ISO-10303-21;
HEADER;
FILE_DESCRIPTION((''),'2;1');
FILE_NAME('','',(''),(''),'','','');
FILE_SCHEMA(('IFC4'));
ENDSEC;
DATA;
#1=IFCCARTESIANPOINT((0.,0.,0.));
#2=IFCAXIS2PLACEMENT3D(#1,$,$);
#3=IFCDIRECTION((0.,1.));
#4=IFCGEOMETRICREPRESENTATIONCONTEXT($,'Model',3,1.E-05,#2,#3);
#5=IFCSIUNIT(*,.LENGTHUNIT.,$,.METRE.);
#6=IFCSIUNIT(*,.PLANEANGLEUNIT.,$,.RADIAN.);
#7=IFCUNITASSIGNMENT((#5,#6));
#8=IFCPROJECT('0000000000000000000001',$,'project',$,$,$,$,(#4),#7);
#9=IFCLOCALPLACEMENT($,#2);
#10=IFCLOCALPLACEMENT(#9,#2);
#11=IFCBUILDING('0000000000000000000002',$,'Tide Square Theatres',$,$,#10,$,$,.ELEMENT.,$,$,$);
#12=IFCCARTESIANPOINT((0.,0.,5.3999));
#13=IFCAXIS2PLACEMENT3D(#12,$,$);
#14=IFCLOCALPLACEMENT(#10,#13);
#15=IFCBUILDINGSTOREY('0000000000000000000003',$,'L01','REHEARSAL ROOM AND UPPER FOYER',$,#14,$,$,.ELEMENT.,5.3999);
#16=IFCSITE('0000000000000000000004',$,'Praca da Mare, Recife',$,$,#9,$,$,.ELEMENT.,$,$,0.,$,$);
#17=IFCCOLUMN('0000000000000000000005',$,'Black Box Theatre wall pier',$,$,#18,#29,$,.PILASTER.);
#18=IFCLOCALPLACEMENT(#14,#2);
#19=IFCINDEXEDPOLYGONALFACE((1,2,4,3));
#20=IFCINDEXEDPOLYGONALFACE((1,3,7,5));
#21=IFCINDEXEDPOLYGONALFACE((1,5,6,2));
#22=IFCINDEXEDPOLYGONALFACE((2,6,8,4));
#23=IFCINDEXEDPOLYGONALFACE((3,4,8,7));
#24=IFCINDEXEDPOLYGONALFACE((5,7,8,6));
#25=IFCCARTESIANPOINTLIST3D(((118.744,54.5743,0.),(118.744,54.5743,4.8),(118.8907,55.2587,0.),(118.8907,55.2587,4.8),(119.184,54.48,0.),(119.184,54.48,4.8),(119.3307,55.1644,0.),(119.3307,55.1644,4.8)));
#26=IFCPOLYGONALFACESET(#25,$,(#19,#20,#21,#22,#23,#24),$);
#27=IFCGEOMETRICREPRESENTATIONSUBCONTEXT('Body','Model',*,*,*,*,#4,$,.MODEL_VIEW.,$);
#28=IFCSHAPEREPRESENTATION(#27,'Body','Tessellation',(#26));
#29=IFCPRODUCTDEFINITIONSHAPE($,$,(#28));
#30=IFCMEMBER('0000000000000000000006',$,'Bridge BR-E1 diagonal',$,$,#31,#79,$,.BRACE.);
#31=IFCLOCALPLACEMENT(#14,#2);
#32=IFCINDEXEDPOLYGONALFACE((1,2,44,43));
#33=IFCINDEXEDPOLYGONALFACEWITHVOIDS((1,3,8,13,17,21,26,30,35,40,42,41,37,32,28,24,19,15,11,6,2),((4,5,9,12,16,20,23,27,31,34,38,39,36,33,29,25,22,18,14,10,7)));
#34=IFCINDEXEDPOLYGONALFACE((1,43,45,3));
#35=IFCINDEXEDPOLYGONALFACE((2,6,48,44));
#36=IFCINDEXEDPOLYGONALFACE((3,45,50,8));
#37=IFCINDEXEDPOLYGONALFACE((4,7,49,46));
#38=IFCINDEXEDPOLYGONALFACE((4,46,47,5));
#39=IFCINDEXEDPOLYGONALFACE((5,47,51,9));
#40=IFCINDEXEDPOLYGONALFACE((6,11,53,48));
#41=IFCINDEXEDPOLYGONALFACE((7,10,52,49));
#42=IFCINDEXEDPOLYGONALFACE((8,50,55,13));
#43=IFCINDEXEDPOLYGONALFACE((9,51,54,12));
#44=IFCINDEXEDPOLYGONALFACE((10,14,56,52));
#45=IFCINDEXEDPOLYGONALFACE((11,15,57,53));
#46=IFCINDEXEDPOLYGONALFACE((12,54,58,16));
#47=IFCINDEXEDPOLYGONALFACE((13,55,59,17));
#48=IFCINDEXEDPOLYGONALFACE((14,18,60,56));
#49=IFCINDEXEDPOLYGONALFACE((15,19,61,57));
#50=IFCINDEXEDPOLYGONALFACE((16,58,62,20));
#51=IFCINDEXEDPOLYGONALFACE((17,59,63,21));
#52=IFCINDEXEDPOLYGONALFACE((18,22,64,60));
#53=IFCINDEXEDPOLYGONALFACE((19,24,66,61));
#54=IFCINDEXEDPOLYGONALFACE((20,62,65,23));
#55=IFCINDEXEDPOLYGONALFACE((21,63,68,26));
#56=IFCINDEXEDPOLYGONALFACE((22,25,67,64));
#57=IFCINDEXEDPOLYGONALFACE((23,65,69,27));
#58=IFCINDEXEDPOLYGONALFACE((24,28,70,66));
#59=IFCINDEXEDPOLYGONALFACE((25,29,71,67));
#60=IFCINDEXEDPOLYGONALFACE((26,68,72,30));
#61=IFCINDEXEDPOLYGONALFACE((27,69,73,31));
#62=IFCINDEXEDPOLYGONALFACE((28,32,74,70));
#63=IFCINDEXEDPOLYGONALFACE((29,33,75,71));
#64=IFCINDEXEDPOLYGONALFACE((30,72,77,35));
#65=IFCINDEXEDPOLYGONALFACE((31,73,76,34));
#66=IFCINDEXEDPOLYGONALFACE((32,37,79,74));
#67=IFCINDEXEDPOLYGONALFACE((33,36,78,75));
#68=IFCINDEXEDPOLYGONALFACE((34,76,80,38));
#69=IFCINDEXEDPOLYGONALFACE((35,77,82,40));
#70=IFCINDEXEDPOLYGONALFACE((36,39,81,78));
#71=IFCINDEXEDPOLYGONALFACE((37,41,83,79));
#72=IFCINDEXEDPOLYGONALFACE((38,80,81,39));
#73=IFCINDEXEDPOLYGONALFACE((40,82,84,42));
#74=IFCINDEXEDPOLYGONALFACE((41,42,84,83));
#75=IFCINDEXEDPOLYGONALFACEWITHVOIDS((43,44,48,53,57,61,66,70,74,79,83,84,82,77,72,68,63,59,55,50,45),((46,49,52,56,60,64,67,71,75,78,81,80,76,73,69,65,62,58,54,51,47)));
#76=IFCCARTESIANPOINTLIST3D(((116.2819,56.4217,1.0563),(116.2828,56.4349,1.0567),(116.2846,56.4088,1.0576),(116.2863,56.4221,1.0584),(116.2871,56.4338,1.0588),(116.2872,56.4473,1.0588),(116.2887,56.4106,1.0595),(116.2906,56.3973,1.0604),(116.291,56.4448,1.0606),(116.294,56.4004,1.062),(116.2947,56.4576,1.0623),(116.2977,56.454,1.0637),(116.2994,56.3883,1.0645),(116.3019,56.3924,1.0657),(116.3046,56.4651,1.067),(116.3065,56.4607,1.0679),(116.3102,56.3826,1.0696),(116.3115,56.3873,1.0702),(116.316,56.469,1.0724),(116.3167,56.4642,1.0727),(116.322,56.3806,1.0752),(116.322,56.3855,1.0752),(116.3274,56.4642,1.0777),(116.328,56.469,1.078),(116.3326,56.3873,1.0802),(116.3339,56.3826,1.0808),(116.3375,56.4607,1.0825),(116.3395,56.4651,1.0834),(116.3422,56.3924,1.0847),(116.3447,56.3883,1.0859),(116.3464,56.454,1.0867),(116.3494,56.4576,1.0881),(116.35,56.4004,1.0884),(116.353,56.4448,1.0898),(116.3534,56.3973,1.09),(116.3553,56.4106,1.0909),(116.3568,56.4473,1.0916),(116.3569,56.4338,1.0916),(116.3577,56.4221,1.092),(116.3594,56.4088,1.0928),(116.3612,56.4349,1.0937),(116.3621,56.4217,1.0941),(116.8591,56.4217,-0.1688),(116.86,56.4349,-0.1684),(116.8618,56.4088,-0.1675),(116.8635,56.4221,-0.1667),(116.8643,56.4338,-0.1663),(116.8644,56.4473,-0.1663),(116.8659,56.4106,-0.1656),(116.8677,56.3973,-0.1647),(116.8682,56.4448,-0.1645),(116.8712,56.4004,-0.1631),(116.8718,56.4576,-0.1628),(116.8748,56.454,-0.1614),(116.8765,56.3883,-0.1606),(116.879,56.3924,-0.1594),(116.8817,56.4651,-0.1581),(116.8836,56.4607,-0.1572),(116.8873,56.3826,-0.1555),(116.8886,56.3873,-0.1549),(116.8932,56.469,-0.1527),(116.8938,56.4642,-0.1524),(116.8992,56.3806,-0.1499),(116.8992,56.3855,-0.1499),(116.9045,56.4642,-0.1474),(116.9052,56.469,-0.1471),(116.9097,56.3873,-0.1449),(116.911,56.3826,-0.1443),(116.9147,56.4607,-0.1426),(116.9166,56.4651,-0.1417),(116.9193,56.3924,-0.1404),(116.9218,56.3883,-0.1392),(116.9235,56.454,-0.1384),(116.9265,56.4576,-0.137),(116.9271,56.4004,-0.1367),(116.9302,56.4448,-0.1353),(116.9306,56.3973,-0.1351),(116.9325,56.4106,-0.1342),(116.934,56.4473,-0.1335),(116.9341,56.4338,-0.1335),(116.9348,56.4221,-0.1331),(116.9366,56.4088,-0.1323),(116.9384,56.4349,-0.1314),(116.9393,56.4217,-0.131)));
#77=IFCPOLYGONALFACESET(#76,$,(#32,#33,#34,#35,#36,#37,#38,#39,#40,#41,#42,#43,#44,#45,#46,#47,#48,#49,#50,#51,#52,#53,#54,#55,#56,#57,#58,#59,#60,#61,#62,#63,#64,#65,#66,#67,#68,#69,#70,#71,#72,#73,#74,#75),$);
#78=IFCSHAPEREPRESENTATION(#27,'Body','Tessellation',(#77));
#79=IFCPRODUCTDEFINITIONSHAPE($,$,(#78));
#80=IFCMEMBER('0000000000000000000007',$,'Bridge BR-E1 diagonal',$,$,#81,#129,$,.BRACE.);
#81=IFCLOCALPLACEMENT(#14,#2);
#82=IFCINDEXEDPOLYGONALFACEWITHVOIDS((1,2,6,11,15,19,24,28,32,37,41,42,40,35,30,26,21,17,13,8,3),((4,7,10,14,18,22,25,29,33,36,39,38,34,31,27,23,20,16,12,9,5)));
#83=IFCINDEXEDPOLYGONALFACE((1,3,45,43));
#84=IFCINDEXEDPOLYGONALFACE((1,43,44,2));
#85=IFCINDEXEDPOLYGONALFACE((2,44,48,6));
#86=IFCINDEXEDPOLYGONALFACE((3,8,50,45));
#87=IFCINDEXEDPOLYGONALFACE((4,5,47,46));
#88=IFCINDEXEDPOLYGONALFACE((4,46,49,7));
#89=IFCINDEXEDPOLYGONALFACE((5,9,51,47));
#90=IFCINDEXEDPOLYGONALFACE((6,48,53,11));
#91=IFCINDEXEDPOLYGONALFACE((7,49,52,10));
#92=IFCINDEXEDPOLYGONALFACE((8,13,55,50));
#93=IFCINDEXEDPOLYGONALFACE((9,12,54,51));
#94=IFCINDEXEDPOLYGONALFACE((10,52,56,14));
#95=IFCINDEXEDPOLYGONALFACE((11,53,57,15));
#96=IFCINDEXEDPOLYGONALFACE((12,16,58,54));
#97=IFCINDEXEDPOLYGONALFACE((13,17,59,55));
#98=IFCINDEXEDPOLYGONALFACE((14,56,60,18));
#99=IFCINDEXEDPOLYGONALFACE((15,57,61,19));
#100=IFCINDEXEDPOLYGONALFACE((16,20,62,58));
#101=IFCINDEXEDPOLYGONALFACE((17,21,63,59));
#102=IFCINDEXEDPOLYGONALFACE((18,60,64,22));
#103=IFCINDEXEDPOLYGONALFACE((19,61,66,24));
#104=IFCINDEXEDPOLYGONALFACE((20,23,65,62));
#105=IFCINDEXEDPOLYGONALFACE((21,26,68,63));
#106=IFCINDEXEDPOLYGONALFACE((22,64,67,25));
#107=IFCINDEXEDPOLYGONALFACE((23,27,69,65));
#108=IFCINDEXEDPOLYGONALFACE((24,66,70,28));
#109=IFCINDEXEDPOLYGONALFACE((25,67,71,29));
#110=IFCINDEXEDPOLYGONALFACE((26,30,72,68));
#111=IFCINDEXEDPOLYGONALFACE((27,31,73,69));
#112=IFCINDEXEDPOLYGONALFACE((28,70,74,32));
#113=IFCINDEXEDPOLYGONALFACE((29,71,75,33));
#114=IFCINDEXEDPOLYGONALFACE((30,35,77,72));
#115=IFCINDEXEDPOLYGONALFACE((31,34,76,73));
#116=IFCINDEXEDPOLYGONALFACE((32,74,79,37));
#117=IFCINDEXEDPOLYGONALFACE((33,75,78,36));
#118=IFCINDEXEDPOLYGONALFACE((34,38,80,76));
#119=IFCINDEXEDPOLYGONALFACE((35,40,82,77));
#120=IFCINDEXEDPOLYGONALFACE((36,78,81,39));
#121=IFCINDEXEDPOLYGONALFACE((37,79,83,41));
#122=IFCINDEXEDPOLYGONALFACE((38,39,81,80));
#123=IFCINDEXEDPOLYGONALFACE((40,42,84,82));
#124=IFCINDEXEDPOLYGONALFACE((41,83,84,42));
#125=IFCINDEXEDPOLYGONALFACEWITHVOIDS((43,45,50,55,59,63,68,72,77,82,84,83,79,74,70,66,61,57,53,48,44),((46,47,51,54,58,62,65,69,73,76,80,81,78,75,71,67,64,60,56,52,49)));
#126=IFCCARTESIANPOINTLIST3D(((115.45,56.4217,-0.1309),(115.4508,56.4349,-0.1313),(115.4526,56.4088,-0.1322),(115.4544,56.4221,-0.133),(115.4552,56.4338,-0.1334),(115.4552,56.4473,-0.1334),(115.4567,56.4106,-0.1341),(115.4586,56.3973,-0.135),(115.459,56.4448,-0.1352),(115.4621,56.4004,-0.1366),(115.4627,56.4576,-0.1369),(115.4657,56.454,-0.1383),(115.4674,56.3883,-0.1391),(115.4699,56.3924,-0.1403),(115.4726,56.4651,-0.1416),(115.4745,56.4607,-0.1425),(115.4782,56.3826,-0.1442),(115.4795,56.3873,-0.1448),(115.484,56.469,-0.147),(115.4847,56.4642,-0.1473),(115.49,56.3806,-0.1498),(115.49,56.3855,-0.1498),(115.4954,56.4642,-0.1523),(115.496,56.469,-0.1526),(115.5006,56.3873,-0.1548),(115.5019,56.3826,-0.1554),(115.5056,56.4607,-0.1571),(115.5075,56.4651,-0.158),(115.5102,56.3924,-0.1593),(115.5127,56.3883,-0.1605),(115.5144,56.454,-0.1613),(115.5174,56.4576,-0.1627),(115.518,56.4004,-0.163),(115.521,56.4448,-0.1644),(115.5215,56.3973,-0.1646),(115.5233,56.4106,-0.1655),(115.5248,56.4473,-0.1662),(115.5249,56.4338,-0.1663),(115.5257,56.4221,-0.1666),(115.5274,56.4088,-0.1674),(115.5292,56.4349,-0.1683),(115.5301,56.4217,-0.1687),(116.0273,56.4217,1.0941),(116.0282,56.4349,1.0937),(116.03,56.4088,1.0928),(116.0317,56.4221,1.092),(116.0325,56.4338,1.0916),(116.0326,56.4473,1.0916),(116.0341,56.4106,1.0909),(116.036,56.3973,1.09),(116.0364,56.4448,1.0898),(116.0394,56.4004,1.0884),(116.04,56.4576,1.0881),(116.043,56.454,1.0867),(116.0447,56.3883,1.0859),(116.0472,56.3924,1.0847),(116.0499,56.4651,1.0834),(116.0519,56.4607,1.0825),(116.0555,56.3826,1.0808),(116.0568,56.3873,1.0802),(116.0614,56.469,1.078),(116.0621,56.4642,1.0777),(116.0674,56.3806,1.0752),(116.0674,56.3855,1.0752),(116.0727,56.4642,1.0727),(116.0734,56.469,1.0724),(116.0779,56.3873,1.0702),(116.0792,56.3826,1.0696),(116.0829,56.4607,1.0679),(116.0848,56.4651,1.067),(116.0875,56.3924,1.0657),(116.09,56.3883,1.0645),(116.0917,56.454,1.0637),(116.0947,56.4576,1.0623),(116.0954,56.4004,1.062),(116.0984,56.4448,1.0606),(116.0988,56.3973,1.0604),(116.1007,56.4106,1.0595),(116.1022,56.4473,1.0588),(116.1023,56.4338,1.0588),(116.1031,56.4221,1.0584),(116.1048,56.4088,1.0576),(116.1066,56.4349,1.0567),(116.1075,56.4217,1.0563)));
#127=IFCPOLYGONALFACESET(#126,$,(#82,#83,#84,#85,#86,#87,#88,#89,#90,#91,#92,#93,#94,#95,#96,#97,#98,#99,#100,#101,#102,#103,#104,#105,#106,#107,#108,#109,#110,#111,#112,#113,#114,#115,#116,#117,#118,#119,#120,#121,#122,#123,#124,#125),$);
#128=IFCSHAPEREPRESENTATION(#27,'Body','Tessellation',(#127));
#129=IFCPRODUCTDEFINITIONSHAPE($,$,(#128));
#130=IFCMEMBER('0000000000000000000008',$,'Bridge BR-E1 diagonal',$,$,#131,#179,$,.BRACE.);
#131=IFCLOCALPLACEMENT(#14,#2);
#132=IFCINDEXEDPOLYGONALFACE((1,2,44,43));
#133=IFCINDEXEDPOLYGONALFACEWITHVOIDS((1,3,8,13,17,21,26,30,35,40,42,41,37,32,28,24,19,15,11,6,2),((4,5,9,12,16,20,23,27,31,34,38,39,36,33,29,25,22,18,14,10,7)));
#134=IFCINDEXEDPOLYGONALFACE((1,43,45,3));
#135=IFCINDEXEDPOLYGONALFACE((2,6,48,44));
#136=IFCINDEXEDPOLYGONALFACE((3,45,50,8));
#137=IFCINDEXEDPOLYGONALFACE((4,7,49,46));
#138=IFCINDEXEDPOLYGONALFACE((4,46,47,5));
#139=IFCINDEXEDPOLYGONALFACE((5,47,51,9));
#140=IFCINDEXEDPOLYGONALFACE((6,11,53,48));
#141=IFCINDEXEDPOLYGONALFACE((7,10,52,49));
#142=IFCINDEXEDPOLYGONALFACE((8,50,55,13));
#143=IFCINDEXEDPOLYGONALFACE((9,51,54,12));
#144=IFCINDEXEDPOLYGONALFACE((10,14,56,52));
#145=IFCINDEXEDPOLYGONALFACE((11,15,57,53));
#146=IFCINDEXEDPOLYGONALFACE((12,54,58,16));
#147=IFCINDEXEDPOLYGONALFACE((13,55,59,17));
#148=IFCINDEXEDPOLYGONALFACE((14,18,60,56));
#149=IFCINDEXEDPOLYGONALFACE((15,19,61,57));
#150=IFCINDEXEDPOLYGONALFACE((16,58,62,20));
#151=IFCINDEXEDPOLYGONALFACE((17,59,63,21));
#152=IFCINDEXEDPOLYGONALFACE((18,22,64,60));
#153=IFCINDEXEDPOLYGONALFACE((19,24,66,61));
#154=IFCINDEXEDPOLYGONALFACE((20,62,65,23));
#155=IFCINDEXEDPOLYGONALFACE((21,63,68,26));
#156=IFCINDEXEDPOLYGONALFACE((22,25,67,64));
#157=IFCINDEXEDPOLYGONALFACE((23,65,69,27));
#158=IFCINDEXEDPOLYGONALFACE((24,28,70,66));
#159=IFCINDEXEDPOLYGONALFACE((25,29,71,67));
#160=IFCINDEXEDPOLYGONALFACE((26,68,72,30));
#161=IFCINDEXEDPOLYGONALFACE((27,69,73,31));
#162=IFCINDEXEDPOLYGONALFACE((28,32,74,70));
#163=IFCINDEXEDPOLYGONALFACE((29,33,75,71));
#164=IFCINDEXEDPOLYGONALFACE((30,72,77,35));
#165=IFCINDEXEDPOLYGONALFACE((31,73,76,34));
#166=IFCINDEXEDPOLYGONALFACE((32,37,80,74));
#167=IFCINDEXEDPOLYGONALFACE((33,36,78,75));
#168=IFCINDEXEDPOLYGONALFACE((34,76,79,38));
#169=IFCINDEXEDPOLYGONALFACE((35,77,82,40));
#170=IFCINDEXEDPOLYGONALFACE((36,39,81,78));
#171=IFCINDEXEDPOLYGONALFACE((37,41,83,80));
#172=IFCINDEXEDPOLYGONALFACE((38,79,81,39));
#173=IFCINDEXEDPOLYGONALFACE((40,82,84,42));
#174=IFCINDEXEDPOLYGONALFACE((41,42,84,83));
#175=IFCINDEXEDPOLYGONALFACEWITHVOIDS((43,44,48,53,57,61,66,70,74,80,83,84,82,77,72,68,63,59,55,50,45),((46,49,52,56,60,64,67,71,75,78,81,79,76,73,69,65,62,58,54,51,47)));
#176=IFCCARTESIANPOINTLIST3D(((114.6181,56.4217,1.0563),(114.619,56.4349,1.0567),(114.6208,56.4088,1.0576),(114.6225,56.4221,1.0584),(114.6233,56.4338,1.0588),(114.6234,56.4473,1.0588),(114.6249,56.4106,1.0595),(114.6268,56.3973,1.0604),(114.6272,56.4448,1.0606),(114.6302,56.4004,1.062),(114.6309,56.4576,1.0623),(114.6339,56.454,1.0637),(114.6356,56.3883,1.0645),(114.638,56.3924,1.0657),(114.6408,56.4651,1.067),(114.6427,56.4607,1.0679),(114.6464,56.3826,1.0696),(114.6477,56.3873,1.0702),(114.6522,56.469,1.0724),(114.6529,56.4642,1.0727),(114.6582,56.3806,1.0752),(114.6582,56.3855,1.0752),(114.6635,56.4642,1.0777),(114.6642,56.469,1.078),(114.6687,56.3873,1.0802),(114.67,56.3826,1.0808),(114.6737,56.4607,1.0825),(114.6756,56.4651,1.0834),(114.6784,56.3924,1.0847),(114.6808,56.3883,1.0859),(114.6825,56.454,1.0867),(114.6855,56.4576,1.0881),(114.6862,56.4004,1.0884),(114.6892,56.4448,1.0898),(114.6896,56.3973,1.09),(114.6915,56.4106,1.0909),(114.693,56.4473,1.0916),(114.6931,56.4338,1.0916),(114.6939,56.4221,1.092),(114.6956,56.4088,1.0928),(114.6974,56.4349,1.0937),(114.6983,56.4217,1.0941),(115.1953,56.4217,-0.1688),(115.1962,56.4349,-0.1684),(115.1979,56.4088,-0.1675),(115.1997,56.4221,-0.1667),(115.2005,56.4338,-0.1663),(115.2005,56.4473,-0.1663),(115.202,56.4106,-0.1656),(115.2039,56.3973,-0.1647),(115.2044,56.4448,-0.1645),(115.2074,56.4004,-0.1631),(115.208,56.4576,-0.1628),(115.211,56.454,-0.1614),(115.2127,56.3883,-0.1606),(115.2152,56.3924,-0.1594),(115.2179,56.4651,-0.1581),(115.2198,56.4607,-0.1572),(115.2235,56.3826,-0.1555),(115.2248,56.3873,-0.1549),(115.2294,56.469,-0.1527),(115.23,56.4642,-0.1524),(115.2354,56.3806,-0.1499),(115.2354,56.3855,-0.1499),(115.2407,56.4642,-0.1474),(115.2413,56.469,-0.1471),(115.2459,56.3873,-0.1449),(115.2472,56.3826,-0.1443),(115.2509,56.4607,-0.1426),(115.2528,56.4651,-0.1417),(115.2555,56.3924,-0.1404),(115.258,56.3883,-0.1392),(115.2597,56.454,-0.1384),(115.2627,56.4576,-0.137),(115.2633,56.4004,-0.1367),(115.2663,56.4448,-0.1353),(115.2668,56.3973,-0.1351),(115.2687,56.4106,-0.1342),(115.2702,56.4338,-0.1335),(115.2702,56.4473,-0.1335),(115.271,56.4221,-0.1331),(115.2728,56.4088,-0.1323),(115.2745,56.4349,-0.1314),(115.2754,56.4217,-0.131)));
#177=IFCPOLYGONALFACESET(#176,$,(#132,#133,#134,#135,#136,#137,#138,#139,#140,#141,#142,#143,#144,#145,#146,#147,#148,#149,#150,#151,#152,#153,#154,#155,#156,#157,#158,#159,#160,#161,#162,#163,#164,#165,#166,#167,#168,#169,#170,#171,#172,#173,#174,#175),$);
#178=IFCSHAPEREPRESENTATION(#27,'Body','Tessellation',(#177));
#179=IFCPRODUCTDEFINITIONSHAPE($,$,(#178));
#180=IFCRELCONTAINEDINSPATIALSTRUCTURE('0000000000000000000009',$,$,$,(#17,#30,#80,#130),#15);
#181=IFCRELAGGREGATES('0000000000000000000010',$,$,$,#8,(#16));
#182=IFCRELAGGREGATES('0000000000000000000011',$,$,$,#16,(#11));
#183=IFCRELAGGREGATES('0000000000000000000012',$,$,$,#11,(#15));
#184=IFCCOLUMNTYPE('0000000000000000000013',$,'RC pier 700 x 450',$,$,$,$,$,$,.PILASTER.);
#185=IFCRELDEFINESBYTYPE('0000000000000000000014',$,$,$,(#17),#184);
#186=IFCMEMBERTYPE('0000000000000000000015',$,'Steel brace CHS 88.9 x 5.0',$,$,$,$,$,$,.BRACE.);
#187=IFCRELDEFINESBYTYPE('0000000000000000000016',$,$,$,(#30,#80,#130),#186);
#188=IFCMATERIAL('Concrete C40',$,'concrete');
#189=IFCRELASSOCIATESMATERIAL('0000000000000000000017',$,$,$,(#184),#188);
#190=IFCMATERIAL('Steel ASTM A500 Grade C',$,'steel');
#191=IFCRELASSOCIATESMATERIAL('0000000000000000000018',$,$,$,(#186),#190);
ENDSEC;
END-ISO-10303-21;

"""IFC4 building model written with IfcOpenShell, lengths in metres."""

from ifc_helpers import new_model, si_unit, direction, frame, origin, origin_2d, place, context, subcontext, project, spatial, rectangle, hollow_circle, extrude, material, material_profile, profile_set, type_object, element, save


model = new_model("IFC4")

# Units and contexts
model_context = context("Model", 3, precision=1e-05, world=origin(), true_north=direction((0.0, 1.0)))
body_context = subcontext(model_context, "Body", "Model", "MODEL_VIEW")
ifc_project = project(units=[si_unit("LENGTHUNIT", "METRE"), si_unit("PLANEANGLEUNIT", "RADIAN")], contexts=[model_context])

# Site, building, storey
site_placement = place(None, origin())
site = spatial("IfcSite", under=ifc_project, at=site_placement, Name="Praca da Mare, Recife", CompositionType="ELEMENT", RefElevation=0.0)
building_placement = place(site_placement, origin())
building = spatial("IfcBuilding", under=site, at=building_placement, Name="Tide Square Theatres", CompositionType="ELEMENT")
storey_placement = place(building_placement, frame((0.0, 0.0, 5.3999)))
storey = spatial("IfcBuildingStorey", under=building, at=storey_placement, Name="L01", Description="REHEARSAL ROOM AND UPPER FOYER", CompositionType="ELEMENT", Elevation=5.3999)

# Column
ifc_material_1 = material(Name="Concrete C40", Category="concrete")
ifc_material_profile_1 = material_profile(ifc_material_1, rectangle(XDim=0.7, YDim=0.45, at=origin_2d()))
ifc_profile_set_1 = profile_set([ifc_material_profile_1], Name="Concrete C40")
column_type = type_object("IfcColumnType", Name="RC pier 700 x 450", PredefinedType="PILASTER", material=ifc_profile_set_1)
column_placement = place(storey_placement, frame((119.0374, 54.8694, 0.0), z_axis=(0.0, 0.0, 1.0), x_axis=(-0.209561, -0.977796, 0.0)))
element("IfcColumn", 1, at=column_placement, inside=storey, type_object=column_type, Name="Black Box Theatre wall pier", PredefinedType="PILASTER", context=body_context, shape_type="SweptSolid", body=[
    extrude(rectangle(XDim=0.7, YDim=0.45, at=origin_2d()), origin(), (0.0, 0.0, 1.0), 4.8),
])

# Members
ifc_material_2 = material(Name="Steel ASTM A500 Grade C", Category="steel")
ifc_material_profile_2 = material_profile(ifc_material_2, hollow_circle(Radius=0.0444, WallThickness=0.0049, at=origin_2d()))
ifc_profile_set_2 = profile_set([ifc_material_profile_2], Name="Steel ASTM A500 Grade C")
member_type_1 = type_object("IfcMemberType", Name="Steel brace CHS 88.9 x 5.0", PredefinedType="BRACE", material=ifc_profile_set_2)
for number, where, z_axis, x_axis, name in (
    (2, (116.8992, 56.425, -0.1499), (-0.426179, 0.0, 0.904639), (0.0, -1.0, 0.0), "Bridge BR-E1 diagonal"),
    (3, (116.0674, 56.425, 1.0752), (-0.426327, 0.0, -0.904569), (0.0, -1.0, 0.0), "Bridge BR-E1 diagonal"),
    (4, (115.2354, 56.425, -0.1499), (-0.426179, 0.0, 0.904639), (0.0, -1.0, 0.0), "Bridge BR-E1 diagonal"),
):
    element("IfcMember", number, at=place(storey_placement, frame(where, z_axis=z_axis, x_axis=x_axis)), inside=storey, type_object=member_type_1, Name=name, PredefinedType="BRACE", context=body_context, shape_type="SweptSolid", body=[
        extrude(hollow_circle(Radius=0.0444, WallThickness=0.0049, at=origin_2d()), origin(), (0.0, 0.0, 1.0), 1.3542),
    ])

save(model, "model.ifc")
